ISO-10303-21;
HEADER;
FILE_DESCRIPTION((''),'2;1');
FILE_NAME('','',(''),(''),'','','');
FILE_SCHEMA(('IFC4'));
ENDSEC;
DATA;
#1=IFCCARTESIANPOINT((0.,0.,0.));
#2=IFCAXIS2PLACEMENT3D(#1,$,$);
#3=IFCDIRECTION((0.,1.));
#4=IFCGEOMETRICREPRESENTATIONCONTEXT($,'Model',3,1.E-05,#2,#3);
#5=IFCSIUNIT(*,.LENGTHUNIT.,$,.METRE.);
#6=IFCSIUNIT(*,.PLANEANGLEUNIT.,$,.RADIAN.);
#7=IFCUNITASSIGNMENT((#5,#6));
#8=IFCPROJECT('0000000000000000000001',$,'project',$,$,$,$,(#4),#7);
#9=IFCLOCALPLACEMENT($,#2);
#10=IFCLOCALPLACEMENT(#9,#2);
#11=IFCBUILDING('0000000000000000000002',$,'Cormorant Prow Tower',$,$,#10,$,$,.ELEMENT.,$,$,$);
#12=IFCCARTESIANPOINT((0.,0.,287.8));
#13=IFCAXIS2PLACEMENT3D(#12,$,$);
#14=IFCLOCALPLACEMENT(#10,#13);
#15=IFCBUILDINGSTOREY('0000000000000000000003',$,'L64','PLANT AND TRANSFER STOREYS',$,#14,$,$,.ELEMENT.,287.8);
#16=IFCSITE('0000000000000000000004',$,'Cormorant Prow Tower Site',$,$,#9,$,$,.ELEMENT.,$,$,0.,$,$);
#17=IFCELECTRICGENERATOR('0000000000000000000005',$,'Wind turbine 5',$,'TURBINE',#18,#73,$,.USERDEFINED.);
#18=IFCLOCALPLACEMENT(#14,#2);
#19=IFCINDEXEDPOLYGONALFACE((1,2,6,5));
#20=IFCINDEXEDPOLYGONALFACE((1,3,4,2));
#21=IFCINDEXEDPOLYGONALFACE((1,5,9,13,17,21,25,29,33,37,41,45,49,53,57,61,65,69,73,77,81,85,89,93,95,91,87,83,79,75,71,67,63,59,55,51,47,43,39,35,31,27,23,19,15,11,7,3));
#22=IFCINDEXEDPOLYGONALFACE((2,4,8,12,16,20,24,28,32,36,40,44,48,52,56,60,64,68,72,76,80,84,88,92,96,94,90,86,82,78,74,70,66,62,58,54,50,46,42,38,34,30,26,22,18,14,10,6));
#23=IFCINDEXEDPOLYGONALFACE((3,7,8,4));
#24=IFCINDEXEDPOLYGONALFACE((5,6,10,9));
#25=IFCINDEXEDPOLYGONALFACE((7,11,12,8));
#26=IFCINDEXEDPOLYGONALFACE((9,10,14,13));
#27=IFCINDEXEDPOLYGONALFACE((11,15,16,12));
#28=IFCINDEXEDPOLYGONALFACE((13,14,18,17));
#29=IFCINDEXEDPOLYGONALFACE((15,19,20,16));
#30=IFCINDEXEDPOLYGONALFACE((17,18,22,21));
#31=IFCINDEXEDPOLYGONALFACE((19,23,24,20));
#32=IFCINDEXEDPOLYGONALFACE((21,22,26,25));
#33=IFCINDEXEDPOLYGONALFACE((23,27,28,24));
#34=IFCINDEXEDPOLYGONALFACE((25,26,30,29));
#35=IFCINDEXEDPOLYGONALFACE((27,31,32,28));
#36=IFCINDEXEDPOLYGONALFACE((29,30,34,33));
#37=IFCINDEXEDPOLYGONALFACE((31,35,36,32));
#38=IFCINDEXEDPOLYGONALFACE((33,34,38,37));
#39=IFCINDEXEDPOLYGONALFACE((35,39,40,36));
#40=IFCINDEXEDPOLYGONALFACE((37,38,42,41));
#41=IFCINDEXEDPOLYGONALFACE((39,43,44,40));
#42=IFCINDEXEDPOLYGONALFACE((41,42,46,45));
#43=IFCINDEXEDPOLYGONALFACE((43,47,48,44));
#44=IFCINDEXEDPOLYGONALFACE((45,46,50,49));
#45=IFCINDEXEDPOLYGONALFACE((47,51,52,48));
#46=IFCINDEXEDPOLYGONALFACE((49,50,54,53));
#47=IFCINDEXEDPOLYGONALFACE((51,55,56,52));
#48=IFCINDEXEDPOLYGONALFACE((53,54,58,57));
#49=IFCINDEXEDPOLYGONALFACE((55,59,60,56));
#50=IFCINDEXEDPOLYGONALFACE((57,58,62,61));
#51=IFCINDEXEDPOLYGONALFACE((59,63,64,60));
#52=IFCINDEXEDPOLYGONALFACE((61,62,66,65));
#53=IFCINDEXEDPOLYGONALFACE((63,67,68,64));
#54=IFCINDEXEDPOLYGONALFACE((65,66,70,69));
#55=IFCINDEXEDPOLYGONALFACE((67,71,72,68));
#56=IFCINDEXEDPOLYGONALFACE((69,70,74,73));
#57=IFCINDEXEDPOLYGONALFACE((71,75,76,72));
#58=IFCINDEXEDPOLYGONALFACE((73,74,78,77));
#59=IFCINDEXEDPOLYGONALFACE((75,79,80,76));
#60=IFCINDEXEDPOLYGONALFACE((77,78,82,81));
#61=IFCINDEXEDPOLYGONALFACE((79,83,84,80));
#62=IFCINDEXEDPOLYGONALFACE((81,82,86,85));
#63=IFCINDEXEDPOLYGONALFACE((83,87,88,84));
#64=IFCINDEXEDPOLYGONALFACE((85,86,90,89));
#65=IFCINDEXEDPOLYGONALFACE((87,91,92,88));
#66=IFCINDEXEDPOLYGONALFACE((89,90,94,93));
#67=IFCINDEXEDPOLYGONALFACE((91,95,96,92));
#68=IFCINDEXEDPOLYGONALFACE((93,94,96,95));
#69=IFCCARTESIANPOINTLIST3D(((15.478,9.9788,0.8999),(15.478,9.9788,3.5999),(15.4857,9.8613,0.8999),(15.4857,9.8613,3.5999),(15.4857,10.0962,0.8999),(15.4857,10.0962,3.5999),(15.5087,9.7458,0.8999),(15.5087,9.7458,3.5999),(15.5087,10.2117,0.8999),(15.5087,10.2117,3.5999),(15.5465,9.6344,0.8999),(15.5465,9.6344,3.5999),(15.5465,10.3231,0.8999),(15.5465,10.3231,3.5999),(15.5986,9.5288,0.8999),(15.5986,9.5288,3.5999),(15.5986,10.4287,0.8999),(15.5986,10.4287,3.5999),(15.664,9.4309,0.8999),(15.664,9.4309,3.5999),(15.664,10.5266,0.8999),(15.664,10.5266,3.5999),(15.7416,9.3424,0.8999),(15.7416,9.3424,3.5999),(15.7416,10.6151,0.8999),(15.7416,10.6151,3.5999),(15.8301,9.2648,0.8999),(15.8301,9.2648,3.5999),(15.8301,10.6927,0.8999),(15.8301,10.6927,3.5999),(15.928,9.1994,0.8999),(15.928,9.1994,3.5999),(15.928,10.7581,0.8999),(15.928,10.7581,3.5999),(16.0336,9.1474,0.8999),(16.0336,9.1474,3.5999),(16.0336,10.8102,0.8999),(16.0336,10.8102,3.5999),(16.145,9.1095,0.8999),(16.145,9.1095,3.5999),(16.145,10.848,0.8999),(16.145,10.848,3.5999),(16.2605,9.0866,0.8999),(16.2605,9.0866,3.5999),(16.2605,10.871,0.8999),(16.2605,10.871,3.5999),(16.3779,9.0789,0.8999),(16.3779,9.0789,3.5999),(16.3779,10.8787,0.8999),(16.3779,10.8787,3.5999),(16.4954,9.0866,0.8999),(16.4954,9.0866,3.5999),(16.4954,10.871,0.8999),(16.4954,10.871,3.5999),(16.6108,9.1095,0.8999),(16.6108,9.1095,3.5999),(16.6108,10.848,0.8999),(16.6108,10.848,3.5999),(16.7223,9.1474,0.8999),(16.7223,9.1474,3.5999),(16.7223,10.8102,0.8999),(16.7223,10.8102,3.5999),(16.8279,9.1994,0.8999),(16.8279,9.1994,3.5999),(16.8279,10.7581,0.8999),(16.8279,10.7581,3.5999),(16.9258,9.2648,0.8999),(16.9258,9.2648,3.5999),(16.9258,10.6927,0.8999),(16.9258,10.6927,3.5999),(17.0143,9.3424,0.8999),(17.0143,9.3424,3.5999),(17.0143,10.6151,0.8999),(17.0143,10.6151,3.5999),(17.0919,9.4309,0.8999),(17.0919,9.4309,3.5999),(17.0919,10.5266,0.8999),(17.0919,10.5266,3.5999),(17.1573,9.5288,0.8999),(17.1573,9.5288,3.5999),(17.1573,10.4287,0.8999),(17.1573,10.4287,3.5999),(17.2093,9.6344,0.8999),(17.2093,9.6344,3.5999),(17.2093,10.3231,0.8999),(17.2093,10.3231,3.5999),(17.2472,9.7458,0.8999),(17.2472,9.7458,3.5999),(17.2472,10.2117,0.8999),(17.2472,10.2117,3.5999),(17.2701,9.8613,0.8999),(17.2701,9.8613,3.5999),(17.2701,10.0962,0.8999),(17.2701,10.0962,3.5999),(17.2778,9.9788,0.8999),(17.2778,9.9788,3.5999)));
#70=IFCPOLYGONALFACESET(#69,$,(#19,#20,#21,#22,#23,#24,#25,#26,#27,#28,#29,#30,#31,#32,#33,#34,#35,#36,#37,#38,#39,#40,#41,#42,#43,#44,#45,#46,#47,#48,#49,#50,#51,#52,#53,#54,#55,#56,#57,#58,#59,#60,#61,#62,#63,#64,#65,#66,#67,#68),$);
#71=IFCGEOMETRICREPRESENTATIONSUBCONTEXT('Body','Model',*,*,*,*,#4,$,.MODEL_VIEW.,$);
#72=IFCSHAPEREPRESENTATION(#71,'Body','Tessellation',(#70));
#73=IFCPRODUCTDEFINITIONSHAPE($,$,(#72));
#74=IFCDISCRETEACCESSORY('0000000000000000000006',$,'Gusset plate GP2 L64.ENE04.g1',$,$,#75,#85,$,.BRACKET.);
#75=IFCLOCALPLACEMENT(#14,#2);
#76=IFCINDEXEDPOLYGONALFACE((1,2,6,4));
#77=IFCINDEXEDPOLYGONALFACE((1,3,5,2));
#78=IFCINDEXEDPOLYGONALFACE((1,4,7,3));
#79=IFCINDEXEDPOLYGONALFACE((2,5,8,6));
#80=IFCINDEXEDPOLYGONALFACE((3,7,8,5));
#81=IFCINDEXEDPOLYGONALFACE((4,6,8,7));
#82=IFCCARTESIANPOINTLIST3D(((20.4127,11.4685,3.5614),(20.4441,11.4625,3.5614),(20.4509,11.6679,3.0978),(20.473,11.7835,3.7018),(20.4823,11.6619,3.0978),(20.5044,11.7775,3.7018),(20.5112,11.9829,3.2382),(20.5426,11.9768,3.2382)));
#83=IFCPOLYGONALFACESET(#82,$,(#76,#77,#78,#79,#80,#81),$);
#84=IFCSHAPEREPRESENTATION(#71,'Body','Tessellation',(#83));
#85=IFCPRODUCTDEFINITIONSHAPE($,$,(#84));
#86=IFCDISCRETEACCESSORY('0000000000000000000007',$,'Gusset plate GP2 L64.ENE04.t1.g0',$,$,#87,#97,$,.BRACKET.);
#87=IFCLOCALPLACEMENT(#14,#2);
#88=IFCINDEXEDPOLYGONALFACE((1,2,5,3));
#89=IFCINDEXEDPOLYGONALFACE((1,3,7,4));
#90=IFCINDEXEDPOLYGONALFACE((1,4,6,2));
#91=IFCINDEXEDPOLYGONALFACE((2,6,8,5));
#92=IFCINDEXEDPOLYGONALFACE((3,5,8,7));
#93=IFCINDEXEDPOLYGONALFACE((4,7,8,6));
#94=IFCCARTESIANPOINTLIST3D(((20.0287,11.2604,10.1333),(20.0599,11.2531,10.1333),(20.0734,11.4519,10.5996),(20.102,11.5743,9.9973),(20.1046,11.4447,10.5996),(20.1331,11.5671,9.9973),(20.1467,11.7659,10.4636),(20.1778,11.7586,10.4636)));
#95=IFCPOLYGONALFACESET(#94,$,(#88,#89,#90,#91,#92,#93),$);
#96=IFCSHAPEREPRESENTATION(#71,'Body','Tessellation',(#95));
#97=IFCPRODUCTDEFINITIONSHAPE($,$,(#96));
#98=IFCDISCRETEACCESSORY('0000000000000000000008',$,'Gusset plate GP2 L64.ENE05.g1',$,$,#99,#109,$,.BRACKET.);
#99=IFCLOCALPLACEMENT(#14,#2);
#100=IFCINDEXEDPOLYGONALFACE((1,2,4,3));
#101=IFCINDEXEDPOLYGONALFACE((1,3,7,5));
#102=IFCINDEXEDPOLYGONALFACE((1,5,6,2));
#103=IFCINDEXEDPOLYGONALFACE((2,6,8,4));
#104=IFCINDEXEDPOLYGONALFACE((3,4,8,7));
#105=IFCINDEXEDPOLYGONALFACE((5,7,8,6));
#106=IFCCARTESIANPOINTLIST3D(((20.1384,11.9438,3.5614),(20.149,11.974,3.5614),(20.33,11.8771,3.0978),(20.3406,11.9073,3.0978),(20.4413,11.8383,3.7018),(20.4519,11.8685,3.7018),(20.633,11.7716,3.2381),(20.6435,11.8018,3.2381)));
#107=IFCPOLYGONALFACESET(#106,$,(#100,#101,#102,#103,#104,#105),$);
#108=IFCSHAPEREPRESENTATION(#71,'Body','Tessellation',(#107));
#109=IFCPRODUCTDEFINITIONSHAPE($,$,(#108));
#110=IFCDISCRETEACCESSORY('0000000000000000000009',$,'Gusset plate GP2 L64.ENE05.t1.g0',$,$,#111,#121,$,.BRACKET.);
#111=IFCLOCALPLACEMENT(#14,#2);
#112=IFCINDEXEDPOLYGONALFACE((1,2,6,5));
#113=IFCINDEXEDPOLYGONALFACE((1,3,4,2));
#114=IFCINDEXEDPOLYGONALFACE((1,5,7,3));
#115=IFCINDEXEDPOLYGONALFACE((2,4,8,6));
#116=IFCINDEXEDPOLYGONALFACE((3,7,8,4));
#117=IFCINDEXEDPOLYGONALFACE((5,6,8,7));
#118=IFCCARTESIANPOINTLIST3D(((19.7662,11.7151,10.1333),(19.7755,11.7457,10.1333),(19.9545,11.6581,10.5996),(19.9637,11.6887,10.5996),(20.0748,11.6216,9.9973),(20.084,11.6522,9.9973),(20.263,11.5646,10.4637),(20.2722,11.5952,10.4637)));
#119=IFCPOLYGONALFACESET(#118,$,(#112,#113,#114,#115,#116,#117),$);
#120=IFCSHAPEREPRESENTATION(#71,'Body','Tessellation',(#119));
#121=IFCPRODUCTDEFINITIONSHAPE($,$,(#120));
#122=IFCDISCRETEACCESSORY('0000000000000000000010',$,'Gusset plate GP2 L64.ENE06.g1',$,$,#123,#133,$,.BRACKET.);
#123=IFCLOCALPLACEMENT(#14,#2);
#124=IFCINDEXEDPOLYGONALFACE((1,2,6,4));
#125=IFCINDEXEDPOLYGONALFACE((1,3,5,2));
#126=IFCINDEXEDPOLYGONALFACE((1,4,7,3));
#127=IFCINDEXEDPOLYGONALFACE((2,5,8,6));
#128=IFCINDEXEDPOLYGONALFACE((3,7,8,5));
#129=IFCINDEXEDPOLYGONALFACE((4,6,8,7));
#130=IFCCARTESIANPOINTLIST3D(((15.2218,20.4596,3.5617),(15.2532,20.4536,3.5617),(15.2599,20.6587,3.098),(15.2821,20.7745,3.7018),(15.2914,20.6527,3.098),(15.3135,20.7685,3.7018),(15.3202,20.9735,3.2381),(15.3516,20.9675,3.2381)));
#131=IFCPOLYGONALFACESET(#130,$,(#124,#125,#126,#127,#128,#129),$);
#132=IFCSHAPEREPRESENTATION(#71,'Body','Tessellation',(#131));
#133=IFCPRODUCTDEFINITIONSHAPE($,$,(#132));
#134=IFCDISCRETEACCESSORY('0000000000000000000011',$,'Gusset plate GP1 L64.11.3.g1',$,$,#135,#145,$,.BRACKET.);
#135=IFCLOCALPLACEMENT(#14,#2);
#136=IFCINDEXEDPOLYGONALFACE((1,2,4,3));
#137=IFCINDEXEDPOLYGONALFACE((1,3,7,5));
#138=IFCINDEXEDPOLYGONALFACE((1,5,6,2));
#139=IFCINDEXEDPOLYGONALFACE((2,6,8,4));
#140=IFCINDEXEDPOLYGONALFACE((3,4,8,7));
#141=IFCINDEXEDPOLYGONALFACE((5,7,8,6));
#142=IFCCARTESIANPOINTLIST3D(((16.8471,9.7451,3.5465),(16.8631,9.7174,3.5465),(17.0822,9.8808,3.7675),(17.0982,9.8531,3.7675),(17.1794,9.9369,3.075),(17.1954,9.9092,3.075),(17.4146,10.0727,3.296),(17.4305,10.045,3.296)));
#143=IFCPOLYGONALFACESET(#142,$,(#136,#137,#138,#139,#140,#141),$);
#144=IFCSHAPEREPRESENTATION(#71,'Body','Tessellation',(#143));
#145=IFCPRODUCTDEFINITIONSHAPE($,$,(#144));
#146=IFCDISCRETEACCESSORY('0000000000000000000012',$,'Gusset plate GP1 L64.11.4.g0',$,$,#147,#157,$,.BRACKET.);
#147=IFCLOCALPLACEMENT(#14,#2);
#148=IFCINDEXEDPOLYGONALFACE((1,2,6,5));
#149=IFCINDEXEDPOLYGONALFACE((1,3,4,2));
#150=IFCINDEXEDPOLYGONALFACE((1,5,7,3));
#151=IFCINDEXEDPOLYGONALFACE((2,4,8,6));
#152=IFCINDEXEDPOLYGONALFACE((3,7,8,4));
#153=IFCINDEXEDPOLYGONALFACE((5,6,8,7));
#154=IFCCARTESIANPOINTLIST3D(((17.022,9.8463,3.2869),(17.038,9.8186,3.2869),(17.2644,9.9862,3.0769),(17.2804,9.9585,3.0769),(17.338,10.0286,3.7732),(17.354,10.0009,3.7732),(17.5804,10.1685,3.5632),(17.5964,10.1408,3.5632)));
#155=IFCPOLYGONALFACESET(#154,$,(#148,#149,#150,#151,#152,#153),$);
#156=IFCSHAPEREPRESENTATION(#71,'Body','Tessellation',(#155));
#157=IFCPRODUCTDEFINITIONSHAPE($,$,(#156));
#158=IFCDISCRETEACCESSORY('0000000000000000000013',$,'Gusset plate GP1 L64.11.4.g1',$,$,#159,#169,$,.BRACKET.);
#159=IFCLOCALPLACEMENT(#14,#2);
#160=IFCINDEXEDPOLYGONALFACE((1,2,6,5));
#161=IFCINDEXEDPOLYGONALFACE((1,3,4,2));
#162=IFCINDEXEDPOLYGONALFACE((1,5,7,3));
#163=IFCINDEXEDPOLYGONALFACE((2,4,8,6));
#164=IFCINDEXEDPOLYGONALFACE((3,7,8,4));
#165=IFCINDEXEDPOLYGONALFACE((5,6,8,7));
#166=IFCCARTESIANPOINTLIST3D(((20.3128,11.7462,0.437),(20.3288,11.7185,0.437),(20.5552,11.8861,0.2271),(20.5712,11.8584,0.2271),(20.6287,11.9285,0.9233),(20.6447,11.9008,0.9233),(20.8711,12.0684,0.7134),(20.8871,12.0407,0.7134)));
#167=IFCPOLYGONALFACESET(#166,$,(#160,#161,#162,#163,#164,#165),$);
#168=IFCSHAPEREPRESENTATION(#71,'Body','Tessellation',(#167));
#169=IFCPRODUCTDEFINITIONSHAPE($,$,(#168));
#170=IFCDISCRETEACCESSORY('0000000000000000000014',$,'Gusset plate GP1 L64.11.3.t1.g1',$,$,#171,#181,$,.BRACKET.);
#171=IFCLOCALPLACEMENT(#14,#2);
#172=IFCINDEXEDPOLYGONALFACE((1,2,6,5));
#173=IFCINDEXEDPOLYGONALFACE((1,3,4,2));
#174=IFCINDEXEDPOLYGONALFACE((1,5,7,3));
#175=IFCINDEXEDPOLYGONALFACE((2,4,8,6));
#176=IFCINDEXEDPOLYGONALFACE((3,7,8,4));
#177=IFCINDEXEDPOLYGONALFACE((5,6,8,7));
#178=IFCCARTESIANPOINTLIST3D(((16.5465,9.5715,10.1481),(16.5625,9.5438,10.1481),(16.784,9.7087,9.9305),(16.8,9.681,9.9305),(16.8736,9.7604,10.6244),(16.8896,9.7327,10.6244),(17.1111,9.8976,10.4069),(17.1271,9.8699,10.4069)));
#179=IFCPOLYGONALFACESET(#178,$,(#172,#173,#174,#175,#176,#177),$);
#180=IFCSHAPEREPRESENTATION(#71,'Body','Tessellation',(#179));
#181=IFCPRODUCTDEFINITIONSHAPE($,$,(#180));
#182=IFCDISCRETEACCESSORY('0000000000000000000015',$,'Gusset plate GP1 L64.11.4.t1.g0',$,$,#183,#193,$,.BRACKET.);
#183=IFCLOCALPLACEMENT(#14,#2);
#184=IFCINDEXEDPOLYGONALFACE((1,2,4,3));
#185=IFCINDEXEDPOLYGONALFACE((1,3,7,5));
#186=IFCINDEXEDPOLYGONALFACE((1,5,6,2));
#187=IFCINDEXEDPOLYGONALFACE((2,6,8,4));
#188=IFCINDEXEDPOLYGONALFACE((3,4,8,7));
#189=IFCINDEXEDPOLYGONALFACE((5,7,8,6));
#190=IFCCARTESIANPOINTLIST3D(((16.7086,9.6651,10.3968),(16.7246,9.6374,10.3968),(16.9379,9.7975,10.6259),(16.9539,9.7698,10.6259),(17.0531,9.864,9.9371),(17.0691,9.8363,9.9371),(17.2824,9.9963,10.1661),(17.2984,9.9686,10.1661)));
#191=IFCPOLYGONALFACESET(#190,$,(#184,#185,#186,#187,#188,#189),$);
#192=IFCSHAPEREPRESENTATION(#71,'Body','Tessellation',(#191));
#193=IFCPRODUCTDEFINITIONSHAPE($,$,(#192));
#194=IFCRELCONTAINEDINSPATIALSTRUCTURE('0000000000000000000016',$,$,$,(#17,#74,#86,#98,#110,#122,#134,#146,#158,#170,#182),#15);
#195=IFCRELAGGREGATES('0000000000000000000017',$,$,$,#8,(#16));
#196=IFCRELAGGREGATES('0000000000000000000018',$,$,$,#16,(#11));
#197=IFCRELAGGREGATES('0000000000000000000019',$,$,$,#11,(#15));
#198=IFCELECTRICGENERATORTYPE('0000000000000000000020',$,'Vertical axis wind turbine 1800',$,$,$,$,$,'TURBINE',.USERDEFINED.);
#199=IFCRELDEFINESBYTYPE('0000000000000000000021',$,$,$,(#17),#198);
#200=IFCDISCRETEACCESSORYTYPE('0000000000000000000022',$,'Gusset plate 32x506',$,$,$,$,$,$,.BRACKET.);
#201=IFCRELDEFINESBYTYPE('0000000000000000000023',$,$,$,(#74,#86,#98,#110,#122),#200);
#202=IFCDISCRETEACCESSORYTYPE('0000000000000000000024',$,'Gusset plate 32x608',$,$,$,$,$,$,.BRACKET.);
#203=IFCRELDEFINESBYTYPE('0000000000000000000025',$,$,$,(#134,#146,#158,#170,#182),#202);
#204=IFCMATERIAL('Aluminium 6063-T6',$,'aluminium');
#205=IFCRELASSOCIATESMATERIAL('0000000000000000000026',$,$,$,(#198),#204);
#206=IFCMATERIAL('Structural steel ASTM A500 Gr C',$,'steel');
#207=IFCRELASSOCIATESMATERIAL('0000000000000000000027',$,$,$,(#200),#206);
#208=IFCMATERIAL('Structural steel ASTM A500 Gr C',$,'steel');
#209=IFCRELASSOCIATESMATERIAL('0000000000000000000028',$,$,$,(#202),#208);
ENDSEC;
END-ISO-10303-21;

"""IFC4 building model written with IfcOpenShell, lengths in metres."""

from ifc_helpers import new_model, si_unit, direction, frame, origin, origin_2d, place, context, subcontext, project, spatial, rectangle, circle, extrude, material, material_profile, profile_set, type_object, element, save


model = new_model("IFC4")

# Units and contexts
model_context = context("Model", 3, precision=1e-05, world=origin(), true_north=direction((0.0, 1.0)))
body_context = subcontext(model_context, "Body", "Model", "MODEL_VIEW")
ifc_project = project(units=[si_unit("LENGTHUNIT", "METRE"), si_unit("PLANEANGLEUNIT", "RADIAN")], contexts=[model_context])

# Site, building, storey
site_placement = place(None, origin())
site = spatial("IfcSite", under=ifc_project, at=site_placement, Name="Cormorant Prow Tower Site", CompositionType="ELEMENT", RefElevation=0.0)
building_placement = place(site_placement, origin())
building = spatial("IfcBuilding", under=site, at=building_placement, Name="Cormorant Prow Tower", CompositionType="ELEMENT")
storey_placement = place(building_placement, frame((0.0, 0.0, 287.8)))
storey = spatial("IfcBuildingStorey", under=building, at=storey_placement, Name="L64", Description="PLANT AND TRANSFER STOREYS", CompositionType="ELEMENT", Elevation=287.8)

# Electric generator
ifc_material_1 = material(Name="Aluminium 6063-T6", Category="aluminium")
ifc_material_profile_1 = material_profile(ifc_material_1, circle(Radius=0.8999, at=origin_2d()), Name="Vertical axis wind turbine 1800")
ifc_profile_set_1 = profile_set([ifc_material_profile_1], Name="Aluminium 6063-T6")
electric_generator_type = type_object("IfcElectricGeneratorType", Name="Vertical axis wind turbine 1800", ElementType="TURBINE", PredefinedType="USERDEFINED", material=ifc_profile_set_1)
electric_generator_placement = place(storey_placement, frame((16.3779, 9.9788, 0.8999), z_axis=(0.0, 0.0, 1.0), x_axis=(1.0, 0.0, 0.0)))
element("IfcElectricGenerator", 1, at=electric_generator_placement, inside=storey, type_object=electric_generator_type, Name="Wind turbine 5", ObjectType="TURBINE", PredefinedType="USERDEFINED", context=body_context, shape_type="SweptSolid", body=[
    extrude(circle(Radius=0.8999, at=origin_2d()), origin(), (0.0, 0.0, 1.0), 2.7),
])

# Discrete accessories
ifc_material_2 = material(Name="Structural steel ASTM A500 Gr C", Category="steel")
ifc_material_profile_2 = material_profile(ifc_material_2, rectangle(XDim=0.032, YDim=0.5061, at=origin_2d()), Name="Gusset plate 32x506")
ifc_profile_set_2 = profile_set([ifc_material_profile_2], Name="Structural steel ASTM A500 Gr C")
discrete_accessory_type_1 = type_object("IfcDiscreteAccessoryType", Name="Gusset plate 32x506", PredefinedType="BRACKET", material=ifc_profile_set_2)
discrete_accessory_1_placement = place(storey_placement, frame((20.4475, 11.5652, 3.3296), z_axis=(0.172272, 0.899718, 0.401037), x_axis=(-0.982158, 0.188057, 0.0)))
element("IfcDiscreteAccessory", 2, at=discrete_accessory_1_placement, inside=storey, type_object=discrete_accessory_type_1, Name="Gusset plate GP2 L64.ENE04.g1", PredefinedType="BRACKET", context=body_context, shape_type="SweptSolid", body=[
    extrude(rectangle(XDim=0.032, YDim=0.5061, at=origin_2d()), origin(), (0.0, 0.0, 1.0), 0.3501),
])
discrete_accessory_2_placement = place(storey_placement, frame((20.0667, 11.3525, 10.3665), z_axis=(0.209323, 0.897297, -0.388642), x_axis=(-0.973852, 0.227182, 0.0)))
element("IfcDiscreteAccessory", 3, at=discrete_accessory_2_placement, inside=storey, type_object=discrete_accessory_type_1, Name="Gusset plate GP2 L64.ENE04.t1.g0", PredefinedType="BRACKET", context=body_context, shape_type="SweptSolid", body=[
    extrude(rectangle(XDim=0.032, YDim=0.5061, at=origin_2d()), origin(), (0.0, 0.0, 1.0), 0.3499),
])
discrete_accessory_3_placement = place(storey_placement, frame((20.2395, 11.9255, 3.3296), z_axis=(0.865207, -0.301184, 0.400881), x_axis=(0.328757, 0.944415, 0.0)))
element("IfcDiscreteAccessory", 4, at=discrete_accessory_3_placement, inside=storey, type_object=discrete_accessory_type_1, Name="Gusset plate GP2 L64.ENE05.g1", PredefinedType="BRACKET", context=body_context, shape_type="SweptSolid", body=[
    extrude(rectangle(XDim=0.032, YDim=0.5061, at=origin_2d()), origin(), (0.0, 0.0, 1.0), 0.3501),
])
for number, where, z_axis, x_axis, name in (
    (5, (19.865, 11.7019, 10.3665), (0.88182, -0.267197, -0.388587), (0.289986, 0.957031, 0.0), "Gusset plate GP2 L64.ENE05.t1.g0"),
    (6, (15.2566, 20.5562, 3.3298), (0.17232, 0.899969, 0.400451), (-0.982158, 0.188057, 0.0), "Gusset plate GP2 L64.ENE06.g1"),
):
    element("IfcDiscreteAccessory", number, at=place(storey_placement, frame(where, z_axis=z_axis, x_axis=x_axis)), inside=storey, type_object=discrete_accessory_type_1, Name=name, PredefinedType="BRACKET", context=body_context, shape_type="SweptSolid", body=[
        extrude(rectangle(XDim=0.032, YDim=0.5061, at=origin_2d()), origin(), (0.0, 0.0, 1.0), 0.3499),
    ])
ifc_material_3 = material(Name="Structural steel ASTM A500 Gr C", Category="steel")
ifc_material_profile_3 = material_profile(ifc_material_3, rectangle(XDim=0.032, YDim=0.6079, at=origin_2d()), Name="Gusset plate 32x608")
ifc_profile_set_3 = profile_set([ifc_material_profile_3], Name="Structural steel ASTM A500 Gr C")
discrete_accessory_type_2 = type_object("IfcDiscreteAccessoryType", Name="Gusset plate 32x608", PredefinedType="BRACKET", material=ifc_profile_set_3)
discrete_accessory_4_placement = place(storey_placement, frame((17.0212, 9.8271, 3.3108), z_axis=(0.671683, 0.387805, 0.631229), x_axis=(-0.500008, 0.866021, 0.0)))
element("IfcDiscreteAccessory", 7, at=discrete_accessory_4_placement, inside=storey, type_object=discrete_accessory_type_2, Name="Gusset plate GP1 L64.11.3.g1", PredefinedType="BRACKET", context=body_context, shape_type="SweptSolid", body=[
    extrude(rectangle(XDim=0.032, YDim=0.6079, at=origin_2d()), origin(), (0.0, 0.0, 1.0), 0.3501),
])
for number, where, z_axis, x_axis, name in (
    (8, (17.4304, 10.0635, 3.3201), (-0.692869, -0.399813, 0.600068), (0.499798, -0.866142, 0.0), "Gusset plate GP1 L64.11.4.g0"),
    (9, (20.4788, 11.8235, 0.6802), (0.692869, 0.399813, -0.600068), (-0.499798, 0.866142, 0.0), "Gusset plate GP1 L64.11.4.g1"),
):
    element("IfcDiscreteAccessory", number, at=place(storey_placement, frame(where, z_axis=z_axis, x_axis=x_axis)), inside=storey, type_object=discrete_accessory_type_2, Name=name, PredefinedType="BRACKET", context=body_context, shape_type="SweptSolid", body=[
        extrude(rectangle(XDim=0.032, YDim=0.6079, at=origin_2d()), origin(), (0.0, 0.0, 1.0), 0.3499),
    ])
for number, where, z_axis, x_axis, name in (
    (10, (16.718, 9.6521, 10.3862), (0.678505, 0.391901, -0.621324), (-0.500159, 0.865934, 0.0), "Gusset plate GP1 L64.11.3.t1.g1"),
    (11, (17.1182, 9.8831, 10.396), (-0.654975, -0.378058, -0.654278), (0.499909, -0.866078, 0.0), "Gusset plate GP1 L64.11.4.t1.g0"),
):
    element("IfcDiscreteAccessory", number, at=place(storey_placement, frame(where, z_axis=z_axis, x_axis=x_axis)), inside=storey, type_object=discrete_accessory_type_2, Name=name, PredefinedType="BRACKET", context=body_context, shape_type="SweptSolid", body=[
        extrude(rectangle(XDim=0.032, YDim=0.6079, at=origin_2d()), origin(), (0.0, 0.0, 1.0), 0.3501),
    ])

save(model, "model.ifc")
